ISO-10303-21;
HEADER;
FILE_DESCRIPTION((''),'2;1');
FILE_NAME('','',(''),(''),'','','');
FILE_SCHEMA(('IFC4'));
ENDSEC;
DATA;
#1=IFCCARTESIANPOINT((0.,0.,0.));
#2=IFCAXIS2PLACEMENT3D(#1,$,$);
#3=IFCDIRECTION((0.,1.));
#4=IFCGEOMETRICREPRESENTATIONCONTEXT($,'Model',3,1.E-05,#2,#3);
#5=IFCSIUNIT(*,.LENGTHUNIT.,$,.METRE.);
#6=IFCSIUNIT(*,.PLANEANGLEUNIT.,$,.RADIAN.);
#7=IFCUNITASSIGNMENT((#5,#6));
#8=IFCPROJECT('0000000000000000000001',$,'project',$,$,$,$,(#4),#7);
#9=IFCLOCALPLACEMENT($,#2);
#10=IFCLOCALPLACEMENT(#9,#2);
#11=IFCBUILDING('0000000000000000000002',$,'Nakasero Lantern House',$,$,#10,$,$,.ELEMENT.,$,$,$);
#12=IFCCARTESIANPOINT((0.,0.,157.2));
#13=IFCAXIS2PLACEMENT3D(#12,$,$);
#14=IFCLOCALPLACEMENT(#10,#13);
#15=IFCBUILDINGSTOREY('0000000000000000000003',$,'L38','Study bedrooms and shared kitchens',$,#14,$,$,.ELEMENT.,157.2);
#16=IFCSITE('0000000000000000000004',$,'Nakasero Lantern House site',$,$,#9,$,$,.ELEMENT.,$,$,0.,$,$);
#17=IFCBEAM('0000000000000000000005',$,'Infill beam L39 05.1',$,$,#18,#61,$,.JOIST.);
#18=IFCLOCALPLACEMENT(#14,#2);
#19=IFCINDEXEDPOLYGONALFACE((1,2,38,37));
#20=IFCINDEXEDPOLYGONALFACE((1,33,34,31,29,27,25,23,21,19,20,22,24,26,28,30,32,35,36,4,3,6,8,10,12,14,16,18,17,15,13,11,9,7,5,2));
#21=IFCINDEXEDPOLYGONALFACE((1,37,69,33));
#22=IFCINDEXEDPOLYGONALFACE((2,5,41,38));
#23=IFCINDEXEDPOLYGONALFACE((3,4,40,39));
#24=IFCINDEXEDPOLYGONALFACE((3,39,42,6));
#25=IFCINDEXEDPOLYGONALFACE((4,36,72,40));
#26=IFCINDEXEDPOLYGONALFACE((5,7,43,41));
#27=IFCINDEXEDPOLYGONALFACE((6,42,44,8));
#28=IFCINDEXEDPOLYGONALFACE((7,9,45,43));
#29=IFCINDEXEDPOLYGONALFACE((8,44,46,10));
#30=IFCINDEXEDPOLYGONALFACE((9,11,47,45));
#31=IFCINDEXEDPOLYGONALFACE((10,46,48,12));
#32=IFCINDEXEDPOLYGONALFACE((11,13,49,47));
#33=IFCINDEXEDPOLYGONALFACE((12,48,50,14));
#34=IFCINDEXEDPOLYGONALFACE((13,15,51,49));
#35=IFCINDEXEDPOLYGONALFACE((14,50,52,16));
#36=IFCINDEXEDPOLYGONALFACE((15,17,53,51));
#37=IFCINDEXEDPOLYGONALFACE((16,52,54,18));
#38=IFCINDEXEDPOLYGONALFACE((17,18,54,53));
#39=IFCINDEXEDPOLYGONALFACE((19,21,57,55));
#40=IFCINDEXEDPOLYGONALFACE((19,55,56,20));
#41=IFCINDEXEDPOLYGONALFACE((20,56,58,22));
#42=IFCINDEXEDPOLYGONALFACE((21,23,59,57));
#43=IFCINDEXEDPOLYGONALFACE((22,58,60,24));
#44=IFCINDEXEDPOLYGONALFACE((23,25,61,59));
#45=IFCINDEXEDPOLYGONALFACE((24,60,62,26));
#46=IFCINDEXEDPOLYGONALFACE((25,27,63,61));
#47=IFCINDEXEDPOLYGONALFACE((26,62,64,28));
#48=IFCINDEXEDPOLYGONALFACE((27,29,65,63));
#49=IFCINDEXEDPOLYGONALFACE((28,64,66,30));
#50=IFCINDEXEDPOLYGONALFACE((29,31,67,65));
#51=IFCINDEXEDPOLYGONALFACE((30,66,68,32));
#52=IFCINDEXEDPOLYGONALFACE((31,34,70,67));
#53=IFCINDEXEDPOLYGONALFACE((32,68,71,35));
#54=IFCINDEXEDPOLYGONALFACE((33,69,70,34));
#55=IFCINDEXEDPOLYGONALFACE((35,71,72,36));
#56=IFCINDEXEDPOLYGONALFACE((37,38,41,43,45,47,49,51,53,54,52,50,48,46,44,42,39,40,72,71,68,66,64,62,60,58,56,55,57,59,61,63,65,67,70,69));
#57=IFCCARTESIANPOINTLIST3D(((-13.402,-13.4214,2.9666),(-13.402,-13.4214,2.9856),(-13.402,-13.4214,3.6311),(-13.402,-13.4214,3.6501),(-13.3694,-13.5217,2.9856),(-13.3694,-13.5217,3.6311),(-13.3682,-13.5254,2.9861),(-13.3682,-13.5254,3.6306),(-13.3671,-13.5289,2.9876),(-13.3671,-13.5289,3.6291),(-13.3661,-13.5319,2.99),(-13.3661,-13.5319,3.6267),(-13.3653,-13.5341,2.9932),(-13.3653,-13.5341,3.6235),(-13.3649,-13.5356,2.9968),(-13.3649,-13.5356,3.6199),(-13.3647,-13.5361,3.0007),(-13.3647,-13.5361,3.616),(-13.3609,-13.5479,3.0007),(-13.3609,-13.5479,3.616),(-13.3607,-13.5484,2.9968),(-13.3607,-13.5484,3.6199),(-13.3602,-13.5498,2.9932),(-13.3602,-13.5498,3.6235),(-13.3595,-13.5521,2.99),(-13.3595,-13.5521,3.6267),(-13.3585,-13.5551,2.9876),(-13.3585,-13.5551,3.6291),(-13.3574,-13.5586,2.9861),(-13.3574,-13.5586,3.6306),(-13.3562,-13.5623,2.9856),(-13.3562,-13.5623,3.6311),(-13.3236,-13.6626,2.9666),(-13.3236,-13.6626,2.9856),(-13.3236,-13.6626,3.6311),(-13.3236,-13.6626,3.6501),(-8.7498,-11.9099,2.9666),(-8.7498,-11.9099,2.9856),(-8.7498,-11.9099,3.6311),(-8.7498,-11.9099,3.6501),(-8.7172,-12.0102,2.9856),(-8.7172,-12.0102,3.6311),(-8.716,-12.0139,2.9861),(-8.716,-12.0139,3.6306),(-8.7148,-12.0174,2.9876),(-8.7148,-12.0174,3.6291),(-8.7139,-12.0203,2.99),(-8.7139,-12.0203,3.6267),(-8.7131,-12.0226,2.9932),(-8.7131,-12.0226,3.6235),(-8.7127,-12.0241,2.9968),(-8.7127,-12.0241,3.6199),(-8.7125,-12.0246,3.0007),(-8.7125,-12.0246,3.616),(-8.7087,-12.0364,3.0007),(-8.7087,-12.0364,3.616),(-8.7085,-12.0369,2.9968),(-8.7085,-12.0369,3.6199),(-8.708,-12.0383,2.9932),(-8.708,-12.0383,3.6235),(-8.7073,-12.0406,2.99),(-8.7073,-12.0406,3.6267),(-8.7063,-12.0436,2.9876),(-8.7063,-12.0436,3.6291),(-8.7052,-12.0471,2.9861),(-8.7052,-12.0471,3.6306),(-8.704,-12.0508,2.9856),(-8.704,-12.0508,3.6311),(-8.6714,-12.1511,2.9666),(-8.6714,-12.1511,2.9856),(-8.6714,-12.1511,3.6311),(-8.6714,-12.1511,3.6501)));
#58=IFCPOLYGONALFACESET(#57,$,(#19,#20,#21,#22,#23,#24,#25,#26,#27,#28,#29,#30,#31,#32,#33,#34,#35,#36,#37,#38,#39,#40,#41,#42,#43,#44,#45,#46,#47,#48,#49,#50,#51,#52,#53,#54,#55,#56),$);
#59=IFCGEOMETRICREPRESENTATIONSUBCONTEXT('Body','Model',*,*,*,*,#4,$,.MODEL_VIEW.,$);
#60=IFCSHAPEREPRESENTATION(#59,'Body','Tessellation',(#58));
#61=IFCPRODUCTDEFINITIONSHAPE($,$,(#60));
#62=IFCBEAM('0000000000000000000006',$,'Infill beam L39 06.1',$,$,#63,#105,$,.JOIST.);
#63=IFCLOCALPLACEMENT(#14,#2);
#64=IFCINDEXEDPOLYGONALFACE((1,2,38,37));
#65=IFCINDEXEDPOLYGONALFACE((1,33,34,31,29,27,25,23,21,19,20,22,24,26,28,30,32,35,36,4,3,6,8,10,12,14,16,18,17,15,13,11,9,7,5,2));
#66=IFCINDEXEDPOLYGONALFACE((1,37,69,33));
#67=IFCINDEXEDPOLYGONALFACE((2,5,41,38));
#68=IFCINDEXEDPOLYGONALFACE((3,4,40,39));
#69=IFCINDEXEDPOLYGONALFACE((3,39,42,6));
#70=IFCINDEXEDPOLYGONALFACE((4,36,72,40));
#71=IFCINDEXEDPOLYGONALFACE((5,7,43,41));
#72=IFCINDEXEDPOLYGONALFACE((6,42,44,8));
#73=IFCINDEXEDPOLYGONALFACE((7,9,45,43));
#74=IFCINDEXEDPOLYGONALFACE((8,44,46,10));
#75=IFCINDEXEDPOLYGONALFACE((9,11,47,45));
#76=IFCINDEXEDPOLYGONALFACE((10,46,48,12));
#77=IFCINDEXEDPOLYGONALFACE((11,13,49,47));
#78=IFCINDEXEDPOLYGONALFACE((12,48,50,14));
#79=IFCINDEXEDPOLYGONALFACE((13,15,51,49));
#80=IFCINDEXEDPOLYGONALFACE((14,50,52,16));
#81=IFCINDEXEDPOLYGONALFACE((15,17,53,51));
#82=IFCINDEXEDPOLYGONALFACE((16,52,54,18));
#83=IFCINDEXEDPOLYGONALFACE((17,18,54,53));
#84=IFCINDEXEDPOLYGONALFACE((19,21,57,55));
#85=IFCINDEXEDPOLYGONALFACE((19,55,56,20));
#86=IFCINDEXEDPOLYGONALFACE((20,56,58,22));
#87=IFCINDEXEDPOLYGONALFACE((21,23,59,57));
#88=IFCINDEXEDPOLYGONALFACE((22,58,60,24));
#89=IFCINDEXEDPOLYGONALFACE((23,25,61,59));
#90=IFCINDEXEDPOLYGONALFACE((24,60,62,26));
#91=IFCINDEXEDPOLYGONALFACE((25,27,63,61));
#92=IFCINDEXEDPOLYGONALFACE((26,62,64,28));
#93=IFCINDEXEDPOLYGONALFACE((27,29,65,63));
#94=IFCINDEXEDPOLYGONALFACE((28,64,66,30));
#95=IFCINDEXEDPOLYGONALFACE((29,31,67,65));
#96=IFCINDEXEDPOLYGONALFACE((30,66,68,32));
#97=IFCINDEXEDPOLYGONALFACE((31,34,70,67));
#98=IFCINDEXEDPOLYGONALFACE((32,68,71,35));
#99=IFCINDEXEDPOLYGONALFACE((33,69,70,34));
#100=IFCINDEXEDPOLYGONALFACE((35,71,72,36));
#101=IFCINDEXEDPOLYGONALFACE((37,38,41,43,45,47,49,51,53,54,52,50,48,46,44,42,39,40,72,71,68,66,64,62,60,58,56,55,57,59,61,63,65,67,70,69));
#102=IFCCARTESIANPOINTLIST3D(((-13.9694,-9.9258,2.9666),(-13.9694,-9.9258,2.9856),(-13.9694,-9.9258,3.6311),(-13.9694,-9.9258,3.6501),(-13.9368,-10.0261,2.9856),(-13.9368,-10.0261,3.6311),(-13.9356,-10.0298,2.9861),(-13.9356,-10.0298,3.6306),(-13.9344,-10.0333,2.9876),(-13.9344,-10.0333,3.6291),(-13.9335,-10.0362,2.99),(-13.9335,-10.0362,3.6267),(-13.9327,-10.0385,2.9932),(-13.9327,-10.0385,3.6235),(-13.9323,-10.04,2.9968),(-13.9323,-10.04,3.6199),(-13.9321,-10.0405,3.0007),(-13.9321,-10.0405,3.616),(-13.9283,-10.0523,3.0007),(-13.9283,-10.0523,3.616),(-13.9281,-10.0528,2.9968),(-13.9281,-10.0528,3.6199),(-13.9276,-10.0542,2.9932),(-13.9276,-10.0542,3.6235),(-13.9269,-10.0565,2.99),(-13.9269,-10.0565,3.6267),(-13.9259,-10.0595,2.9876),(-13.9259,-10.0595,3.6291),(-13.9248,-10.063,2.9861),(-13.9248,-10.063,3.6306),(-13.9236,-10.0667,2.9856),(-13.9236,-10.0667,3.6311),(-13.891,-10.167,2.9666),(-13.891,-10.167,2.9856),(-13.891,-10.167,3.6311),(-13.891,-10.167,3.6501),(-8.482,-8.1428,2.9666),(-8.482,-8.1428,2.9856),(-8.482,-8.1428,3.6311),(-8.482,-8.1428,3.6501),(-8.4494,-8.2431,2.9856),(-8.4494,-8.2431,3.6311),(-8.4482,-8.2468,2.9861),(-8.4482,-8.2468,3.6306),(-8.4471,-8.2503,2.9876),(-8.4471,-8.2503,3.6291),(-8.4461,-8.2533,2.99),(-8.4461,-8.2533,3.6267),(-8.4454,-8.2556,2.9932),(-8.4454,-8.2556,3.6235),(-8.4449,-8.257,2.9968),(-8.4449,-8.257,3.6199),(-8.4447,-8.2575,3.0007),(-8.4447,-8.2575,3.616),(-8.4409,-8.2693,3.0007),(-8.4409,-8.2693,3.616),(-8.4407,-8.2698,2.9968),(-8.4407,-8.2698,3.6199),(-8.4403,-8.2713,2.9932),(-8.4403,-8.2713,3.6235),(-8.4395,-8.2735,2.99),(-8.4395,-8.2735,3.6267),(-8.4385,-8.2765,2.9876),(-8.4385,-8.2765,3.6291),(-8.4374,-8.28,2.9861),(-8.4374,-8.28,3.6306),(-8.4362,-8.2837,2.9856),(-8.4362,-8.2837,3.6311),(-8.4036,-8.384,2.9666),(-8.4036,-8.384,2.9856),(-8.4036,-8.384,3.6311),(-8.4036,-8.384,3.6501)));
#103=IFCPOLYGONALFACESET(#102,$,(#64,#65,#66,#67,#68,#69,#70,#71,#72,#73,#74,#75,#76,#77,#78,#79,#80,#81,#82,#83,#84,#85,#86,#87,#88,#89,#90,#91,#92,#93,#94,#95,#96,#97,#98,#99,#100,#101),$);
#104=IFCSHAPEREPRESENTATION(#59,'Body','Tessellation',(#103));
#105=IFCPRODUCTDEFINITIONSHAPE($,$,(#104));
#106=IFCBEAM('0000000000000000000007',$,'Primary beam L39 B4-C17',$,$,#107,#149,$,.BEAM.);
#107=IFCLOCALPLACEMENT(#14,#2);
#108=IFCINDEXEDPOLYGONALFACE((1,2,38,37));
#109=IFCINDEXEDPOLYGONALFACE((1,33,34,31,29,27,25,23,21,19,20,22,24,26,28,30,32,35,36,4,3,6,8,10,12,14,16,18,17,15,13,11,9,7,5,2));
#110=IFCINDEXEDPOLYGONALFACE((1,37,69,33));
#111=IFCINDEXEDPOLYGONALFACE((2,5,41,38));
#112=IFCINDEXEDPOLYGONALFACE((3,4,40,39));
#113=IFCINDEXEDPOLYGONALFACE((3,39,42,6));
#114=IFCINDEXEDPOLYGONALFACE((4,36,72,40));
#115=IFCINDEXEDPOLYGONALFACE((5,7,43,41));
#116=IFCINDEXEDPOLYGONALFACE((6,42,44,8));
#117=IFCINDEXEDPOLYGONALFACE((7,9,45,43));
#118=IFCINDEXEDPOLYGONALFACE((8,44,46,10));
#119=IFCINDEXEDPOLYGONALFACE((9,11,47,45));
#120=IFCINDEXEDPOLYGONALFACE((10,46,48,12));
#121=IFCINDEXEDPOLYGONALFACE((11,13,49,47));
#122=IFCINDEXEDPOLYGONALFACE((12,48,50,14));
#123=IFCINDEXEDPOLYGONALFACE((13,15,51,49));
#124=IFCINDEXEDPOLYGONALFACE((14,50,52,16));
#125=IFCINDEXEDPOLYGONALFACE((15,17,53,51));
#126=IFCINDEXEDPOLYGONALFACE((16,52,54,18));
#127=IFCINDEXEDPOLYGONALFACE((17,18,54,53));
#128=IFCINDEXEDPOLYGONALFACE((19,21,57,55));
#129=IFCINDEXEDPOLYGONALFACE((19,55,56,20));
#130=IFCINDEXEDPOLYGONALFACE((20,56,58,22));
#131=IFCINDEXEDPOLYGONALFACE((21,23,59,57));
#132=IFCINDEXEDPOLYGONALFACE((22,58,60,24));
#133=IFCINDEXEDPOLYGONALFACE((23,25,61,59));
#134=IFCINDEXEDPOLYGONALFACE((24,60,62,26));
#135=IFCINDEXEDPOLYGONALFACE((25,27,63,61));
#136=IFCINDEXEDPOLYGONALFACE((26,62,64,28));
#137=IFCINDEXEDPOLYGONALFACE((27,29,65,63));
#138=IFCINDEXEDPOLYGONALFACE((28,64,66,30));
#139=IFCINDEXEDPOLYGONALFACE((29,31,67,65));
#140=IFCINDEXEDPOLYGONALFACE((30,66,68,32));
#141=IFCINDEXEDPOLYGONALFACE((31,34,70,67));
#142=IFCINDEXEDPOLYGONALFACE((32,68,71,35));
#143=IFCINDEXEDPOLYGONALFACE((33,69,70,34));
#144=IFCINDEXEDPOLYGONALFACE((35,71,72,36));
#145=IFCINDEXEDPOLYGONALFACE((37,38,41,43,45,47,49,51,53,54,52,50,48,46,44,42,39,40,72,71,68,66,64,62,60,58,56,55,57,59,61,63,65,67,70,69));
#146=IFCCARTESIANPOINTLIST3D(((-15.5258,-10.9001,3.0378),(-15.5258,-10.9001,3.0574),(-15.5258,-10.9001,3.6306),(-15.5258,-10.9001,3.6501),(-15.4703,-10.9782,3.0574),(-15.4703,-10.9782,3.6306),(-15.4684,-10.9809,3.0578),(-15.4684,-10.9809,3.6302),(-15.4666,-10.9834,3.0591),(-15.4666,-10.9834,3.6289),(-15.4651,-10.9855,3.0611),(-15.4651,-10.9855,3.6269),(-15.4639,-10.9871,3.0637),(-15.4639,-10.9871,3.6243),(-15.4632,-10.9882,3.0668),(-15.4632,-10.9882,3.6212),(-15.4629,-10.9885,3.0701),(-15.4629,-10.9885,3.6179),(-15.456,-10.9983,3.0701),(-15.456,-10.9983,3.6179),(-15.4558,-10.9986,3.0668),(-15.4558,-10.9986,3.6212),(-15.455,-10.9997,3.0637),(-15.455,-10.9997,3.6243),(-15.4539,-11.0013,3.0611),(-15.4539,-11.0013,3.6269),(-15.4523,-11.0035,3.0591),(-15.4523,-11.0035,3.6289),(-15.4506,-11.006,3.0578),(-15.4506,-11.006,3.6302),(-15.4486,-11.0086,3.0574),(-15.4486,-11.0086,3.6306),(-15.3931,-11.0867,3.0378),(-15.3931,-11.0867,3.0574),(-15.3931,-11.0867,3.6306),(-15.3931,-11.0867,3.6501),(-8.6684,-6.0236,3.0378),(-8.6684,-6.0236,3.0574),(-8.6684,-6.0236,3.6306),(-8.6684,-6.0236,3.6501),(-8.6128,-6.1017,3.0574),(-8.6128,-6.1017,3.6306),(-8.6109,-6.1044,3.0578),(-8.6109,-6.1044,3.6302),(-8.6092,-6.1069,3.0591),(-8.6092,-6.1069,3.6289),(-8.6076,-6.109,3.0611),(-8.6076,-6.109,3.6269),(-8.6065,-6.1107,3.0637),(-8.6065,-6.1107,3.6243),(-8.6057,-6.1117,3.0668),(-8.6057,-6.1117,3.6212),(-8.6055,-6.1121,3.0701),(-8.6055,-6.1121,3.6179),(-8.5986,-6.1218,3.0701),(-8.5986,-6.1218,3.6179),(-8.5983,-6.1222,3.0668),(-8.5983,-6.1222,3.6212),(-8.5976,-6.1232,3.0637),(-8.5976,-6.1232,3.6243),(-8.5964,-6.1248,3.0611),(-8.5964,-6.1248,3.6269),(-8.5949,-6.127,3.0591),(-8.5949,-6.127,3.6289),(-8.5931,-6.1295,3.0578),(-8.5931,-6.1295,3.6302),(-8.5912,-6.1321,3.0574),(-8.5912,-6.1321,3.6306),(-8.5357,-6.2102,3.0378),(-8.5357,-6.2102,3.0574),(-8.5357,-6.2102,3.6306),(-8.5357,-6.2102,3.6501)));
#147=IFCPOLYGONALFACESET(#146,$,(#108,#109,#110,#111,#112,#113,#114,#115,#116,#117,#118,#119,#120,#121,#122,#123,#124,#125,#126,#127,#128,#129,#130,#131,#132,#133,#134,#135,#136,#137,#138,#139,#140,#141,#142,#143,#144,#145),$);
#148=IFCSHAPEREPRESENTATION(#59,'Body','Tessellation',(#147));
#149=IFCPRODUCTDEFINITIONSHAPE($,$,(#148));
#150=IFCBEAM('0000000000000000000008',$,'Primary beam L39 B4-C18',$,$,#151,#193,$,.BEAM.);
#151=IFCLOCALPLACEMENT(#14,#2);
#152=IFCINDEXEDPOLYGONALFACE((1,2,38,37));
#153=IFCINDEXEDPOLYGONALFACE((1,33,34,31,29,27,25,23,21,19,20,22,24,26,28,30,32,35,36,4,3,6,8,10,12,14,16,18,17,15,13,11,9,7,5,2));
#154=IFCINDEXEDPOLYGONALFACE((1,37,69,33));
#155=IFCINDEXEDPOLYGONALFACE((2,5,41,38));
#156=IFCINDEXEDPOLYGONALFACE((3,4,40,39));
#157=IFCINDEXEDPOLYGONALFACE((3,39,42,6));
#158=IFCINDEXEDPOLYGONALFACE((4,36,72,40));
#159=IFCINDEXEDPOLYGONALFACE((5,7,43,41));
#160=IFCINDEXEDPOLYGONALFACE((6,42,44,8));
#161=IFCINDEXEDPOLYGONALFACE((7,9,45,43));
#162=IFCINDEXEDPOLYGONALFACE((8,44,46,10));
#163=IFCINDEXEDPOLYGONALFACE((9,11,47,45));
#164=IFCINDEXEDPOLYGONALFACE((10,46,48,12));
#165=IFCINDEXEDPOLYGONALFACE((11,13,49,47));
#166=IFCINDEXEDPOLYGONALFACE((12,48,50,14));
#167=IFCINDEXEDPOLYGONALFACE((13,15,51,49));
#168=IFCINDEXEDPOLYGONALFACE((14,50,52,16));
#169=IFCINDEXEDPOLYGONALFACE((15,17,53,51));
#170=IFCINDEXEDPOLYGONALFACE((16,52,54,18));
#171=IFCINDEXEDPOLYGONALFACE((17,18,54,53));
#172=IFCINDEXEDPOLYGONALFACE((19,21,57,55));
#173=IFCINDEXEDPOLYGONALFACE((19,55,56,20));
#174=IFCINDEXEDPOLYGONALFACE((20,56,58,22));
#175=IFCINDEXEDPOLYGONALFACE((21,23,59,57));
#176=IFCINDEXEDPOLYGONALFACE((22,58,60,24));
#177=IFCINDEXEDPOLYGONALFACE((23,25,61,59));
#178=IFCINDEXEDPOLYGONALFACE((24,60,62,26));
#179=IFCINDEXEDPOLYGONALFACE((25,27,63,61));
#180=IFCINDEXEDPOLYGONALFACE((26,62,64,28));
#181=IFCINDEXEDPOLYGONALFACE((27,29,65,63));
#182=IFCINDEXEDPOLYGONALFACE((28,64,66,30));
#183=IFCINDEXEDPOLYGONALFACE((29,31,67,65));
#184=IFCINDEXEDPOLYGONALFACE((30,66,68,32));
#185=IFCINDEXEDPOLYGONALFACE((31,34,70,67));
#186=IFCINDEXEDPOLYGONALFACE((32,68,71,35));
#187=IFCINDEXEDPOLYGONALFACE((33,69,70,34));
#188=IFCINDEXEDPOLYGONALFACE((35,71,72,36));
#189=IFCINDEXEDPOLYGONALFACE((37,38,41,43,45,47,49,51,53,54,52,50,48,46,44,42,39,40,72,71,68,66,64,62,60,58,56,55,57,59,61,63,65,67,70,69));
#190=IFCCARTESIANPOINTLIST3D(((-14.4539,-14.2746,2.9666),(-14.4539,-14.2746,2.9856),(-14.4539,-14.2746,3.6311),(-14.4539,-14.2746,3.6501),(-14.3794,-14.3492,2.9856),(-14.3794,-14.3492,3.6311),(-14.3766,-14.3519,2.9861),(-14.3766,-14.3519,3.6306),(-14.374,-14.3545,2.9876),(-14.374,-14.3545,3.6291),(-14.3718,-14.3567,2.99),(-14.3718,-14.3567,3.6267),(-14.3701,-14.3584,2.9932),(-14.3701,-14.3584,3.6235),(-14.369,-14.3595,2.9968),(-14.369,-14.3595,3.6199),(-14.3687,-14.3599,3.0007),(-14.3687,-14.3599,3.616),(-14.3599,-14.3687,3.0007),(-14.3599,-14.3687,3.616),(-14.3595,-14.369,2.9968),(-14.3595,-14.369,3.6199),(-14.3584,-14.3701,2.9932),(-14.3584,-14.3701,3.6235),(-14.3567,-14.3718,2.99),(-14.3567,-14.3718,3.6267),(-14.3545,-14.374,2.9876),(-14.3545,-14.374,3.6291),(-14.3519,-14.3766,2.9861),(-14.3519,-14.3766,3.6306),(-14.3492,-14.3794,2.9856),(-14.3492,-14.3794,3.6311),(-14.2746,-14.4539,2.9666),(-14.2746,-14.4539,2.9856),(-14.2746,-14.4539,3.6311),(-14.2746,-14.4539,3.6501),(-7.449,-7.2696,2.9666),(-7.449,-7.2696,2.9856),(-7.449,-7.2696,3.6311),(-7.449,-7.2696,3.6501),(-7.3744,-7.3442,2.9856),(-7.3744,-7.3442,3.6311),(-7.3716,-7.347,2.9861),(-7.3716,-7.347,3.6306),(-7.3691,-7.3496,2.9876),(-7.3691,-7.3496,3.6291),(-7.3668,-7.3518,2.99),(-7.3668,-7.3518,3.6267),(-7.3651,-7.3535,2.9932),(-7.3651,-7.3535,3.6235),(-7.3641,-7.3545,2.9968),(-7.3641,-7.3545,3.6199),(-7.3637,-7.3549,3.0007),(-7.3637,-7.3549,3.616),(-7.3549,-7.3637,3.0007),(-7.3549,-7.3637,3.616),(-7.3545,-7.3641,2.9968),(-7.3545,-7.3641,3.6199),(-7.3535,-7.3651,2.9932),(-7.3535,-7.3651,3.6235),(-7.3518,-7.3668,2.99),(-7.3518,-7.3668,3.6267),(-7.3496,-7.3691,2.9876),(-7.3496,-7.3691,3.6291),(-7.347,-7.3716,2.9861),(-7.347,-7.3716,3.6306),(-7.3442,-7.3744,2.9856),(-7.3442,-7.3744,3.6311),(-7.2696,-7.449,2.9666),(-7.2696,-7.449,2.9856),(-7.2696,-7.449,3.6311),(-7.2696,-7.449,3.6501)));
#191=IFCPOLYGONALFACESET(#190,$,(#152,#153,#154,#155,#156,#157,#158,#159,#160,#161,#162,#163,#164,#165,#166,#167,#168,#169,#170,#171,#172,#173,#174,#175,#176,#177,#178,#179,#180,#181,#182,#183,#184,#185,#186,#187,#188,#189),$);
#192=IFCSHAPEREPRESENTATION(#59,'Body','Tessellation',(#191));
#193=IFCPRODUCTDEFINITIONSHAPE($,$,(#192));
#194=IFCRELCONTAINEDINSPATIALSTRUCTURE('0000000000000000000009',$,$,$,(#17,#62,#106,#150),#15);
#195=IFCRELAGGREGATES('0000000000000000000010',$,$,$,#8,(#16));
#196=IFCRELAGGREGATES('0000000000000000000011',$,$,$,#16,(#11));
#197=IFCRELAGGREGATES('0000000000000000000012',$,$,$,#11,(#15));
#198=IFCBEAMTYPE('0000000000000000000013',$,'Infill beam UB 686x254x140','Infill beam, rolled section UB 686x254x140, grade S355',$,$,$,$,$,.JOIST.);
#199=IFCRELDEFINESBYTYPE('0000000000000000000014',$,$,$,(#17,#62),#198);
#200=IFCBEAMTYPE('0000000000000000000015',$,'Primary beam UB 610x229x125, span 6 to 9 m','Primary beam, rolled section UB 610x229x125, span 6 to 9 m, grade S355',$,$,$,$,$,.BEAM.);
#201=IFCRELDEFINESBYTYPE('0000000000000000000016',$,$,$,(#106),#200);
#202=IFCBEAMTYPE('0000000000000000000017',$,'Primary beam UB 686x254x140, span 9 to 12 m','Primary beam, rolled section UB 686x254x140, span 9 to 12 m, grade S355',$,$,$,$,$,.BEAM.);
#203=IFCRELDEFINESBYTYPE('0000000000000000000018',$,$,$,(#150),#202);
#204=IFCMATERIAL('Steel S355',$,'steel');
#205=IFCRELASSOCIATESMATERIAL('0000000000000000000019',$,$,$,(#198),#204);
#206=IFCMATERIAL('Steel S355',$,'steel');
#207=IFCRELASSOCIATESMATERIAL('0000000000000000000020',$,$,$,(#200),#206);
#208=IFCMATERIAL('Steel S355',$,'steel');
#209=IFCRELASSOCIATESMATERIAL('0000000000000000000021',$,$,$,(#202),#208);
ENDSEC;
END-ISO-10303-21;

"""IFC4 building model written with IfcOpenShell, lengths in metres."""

from ifc_helpers import new_model, si_unit, direction, frame, origin, origin_2d, place, context, subcontext, project, spatial, i_section, extrude, material, material_profile, profile_set, type_object, element, save


model = new_model("IFC4")

# Units and contexts
model_context = context("Model", 3, precision=1e-05, world=origin(), true_north=direction((0.0, 1.0)))
body_context = subcontext(model_context, "Body", "Model", "MODEL_VIEW")
ifc_project = project(units=[si_unit("LENGTHUNIT", "METRE"), si_unit("PLANEANGLEUNIT", "RADIAN")], contexts=[model_context])

# Site, building, storey
site_placement = place(None, origin())
site = spatial("IfcSite", under=ifc_project, at=site_placement, Name="Nakasero Lantern House site", CompositionType="ELEMENT", RefElevation=0.0)
building_placement = place(site_placement, origin())
building = spatial("IfcBuilding", under=site, at=building_placement, Name="Nakasero Lantern House", CompositionType="ELEMENT")
storey_placement = place(building_placement, frame((0.0, 0.0, 157.2)))
storey = spatial("IfcBuildingStorey", under=building, at=storey_placement, Name="L38", Description="Study bedrooms and shared kitchens", CompositionType="ELEMENT", Elevation=157.2)

# Beams
ifc_material_1 = material(Name="Steel S355", Category="steel")
ifc_material_profile_1 = material_profile(ifc_material_1, i_section(OverallWidth=0.2537, OverallDepth=0.6836, WebThickness=0.0125, FlangeThickness=0.019, FilletRadius=0.0151, at=origin_2d()), Name="UB 686x254x140")
ifc_profile_set_1 = profile_set([ifc_material_profile_1], Name="Steel S355")
beam_type_1 = type_object("IfcBeamType", Name="Infill beam UB 686x254x140", Description="Infill beam, rolled section UB 686x254x140, grade S355", PredefinedType="JOIST", material=ifc_profile_set_1)
beam_1_placement = place(storey_placement, frame((-13.3628, -13.542, 3.3083), z_axis=(0.951062, 0.309001, 0.0), x_axis=(-0.309001, 0.951062, 0.0)))
element("IfcBeam", 1, at=beam_1_placement, inside=storey, type_object=beam_type_1, Name="Infill beam L39 05.1", PredefinedType="JOIST", context=body_context, shape_type="SweptSolid", body=[
    extrude(i_section(OverallWidth=0.2537, OverallDepth=0.6836, WebThickness=0.0125, FlangeThickness=0.019, FilletRadius=0.0151, at=origin_2d()), origin(), (0.0, 0.0, 1.0), 4.8916),
])
beam_2_placement = place(storey_placement, frame((-13.9302, -10.0464, 3.3083), z_axis=(0.951055, 0.309021, 0.0), x_axis=(-0.309021, 0.951055, 0.0)))
element("IfcBeam", 2, at=beam_2_placement, inside=storey, type_object=beam_type_1, Name="Infill beam L39 06.1", PredefinedType="JOIST", context=body_context, shape_type="SweptSolid", body=[
    extrude(i_section(OverallWidth=0.2537, OverallDepth=0.6836, WebThickness=0.0125, FlangeThickness=0.019, FilletRadius=0.0151, at=origin_2d()), origin(), (0.0, 0.0, 1.0), 5.7698),
])
ifc_material_2 = material(Name="Steel S355", Category="steel")
ifc_material_profile_2 = material_profile(ifc_material_2, i_section(OverallWidth=0.229, OverallDepth=0.6123, WebThickness=0.012, FlangeThickness=0.0195, FilletRadius=0.0127, at=origin_2d()), Name="UB 610x229x125")
ifc_profile_set_2 = profile_set([ifc_material_profile_2], Name="Steel S355")
beam_type_2 = type_object("IfcBeamType", Name="Primary beam UB 610x229x125, span 6 to 9 m", Description="Primary beam, rolled section UB 610x229x125, span 6 to 9 m, grade S355", PredefinedType="BEAM", material=ifc_profile_set_2)
beam_3_placement = place(storey_placement, frame((-15.4595, -10.9934, 3.344), z_axis=(0.814951, 0.57953, 0.0), x_axis=(-0.57953, 0.814951, 0.0)))
element("IfcBeam", 3, at=beam_3_placement, inside=storey, type_object=beam_type_2, Name="Primary beam L39 B4-C17", PredefinedType="BEAM", context=body_context, shape_type="SweptSolid", body=[
    extrude(i_section(OverallWidth=0.229, OverallDepth=0.6123, WebThickness=0.012, FlangeThickness=0.0195, FilletRadius=0.0127, at=origin_2d()), origin(), (0.0, 0.0, 1.0), 8.4146),
])
ifc_material_3 = material(Name="Steel S355", Category="steel")
ifc_material_profile_3 = material_profile(ifc_material_3, i_section(OverallWidth=0.2537, OverallDepth=0.6836, WebThickness=0.0125, FlangeThickness=0.019, FilletRadius=0.0151, at=origin_2d()), Name="UB 686x254x140")
ifc_profile_set_3 = profile_set([ifc_material_profile_3], Name="Steel S355")
beam_type_3 = type_object("IfcBeamType", Name="Primary beam UB 686x254x140, span 9 to 12 m", Description="Primary beam, rolled section UB 686x254x140, span 9 to 12 m, grade S355", PredefinedType="BEAM", material=ifc_profile_set_3)
beam_4_placement = place(storey_placement, frame((-14.3643, -14.3643, 3.3083), z_axis=(0.707107, 0.707107, 0.0), x_axis=(-0.707107, 0.707107, 0.0)))
element("IfcBeam", 4, at=beam_4_placement, inside=storey, type_object=beam_type_3, Name="Primary beam L39 B4-C18", PredefinedType="BEAM", context=body_context, shape_type="SweptSolid", body=[
    extrude(i_section(OverallWidth=0.2537, OverallDepth=0.6836, WebThickness=0.0125, FlangeThickness=0.019, FilletRadius=0.0151, at=origin_2d()), origin(), (0.0, 0.0, 1.0), 9.9065),
])

save(model, "model.ifc")
